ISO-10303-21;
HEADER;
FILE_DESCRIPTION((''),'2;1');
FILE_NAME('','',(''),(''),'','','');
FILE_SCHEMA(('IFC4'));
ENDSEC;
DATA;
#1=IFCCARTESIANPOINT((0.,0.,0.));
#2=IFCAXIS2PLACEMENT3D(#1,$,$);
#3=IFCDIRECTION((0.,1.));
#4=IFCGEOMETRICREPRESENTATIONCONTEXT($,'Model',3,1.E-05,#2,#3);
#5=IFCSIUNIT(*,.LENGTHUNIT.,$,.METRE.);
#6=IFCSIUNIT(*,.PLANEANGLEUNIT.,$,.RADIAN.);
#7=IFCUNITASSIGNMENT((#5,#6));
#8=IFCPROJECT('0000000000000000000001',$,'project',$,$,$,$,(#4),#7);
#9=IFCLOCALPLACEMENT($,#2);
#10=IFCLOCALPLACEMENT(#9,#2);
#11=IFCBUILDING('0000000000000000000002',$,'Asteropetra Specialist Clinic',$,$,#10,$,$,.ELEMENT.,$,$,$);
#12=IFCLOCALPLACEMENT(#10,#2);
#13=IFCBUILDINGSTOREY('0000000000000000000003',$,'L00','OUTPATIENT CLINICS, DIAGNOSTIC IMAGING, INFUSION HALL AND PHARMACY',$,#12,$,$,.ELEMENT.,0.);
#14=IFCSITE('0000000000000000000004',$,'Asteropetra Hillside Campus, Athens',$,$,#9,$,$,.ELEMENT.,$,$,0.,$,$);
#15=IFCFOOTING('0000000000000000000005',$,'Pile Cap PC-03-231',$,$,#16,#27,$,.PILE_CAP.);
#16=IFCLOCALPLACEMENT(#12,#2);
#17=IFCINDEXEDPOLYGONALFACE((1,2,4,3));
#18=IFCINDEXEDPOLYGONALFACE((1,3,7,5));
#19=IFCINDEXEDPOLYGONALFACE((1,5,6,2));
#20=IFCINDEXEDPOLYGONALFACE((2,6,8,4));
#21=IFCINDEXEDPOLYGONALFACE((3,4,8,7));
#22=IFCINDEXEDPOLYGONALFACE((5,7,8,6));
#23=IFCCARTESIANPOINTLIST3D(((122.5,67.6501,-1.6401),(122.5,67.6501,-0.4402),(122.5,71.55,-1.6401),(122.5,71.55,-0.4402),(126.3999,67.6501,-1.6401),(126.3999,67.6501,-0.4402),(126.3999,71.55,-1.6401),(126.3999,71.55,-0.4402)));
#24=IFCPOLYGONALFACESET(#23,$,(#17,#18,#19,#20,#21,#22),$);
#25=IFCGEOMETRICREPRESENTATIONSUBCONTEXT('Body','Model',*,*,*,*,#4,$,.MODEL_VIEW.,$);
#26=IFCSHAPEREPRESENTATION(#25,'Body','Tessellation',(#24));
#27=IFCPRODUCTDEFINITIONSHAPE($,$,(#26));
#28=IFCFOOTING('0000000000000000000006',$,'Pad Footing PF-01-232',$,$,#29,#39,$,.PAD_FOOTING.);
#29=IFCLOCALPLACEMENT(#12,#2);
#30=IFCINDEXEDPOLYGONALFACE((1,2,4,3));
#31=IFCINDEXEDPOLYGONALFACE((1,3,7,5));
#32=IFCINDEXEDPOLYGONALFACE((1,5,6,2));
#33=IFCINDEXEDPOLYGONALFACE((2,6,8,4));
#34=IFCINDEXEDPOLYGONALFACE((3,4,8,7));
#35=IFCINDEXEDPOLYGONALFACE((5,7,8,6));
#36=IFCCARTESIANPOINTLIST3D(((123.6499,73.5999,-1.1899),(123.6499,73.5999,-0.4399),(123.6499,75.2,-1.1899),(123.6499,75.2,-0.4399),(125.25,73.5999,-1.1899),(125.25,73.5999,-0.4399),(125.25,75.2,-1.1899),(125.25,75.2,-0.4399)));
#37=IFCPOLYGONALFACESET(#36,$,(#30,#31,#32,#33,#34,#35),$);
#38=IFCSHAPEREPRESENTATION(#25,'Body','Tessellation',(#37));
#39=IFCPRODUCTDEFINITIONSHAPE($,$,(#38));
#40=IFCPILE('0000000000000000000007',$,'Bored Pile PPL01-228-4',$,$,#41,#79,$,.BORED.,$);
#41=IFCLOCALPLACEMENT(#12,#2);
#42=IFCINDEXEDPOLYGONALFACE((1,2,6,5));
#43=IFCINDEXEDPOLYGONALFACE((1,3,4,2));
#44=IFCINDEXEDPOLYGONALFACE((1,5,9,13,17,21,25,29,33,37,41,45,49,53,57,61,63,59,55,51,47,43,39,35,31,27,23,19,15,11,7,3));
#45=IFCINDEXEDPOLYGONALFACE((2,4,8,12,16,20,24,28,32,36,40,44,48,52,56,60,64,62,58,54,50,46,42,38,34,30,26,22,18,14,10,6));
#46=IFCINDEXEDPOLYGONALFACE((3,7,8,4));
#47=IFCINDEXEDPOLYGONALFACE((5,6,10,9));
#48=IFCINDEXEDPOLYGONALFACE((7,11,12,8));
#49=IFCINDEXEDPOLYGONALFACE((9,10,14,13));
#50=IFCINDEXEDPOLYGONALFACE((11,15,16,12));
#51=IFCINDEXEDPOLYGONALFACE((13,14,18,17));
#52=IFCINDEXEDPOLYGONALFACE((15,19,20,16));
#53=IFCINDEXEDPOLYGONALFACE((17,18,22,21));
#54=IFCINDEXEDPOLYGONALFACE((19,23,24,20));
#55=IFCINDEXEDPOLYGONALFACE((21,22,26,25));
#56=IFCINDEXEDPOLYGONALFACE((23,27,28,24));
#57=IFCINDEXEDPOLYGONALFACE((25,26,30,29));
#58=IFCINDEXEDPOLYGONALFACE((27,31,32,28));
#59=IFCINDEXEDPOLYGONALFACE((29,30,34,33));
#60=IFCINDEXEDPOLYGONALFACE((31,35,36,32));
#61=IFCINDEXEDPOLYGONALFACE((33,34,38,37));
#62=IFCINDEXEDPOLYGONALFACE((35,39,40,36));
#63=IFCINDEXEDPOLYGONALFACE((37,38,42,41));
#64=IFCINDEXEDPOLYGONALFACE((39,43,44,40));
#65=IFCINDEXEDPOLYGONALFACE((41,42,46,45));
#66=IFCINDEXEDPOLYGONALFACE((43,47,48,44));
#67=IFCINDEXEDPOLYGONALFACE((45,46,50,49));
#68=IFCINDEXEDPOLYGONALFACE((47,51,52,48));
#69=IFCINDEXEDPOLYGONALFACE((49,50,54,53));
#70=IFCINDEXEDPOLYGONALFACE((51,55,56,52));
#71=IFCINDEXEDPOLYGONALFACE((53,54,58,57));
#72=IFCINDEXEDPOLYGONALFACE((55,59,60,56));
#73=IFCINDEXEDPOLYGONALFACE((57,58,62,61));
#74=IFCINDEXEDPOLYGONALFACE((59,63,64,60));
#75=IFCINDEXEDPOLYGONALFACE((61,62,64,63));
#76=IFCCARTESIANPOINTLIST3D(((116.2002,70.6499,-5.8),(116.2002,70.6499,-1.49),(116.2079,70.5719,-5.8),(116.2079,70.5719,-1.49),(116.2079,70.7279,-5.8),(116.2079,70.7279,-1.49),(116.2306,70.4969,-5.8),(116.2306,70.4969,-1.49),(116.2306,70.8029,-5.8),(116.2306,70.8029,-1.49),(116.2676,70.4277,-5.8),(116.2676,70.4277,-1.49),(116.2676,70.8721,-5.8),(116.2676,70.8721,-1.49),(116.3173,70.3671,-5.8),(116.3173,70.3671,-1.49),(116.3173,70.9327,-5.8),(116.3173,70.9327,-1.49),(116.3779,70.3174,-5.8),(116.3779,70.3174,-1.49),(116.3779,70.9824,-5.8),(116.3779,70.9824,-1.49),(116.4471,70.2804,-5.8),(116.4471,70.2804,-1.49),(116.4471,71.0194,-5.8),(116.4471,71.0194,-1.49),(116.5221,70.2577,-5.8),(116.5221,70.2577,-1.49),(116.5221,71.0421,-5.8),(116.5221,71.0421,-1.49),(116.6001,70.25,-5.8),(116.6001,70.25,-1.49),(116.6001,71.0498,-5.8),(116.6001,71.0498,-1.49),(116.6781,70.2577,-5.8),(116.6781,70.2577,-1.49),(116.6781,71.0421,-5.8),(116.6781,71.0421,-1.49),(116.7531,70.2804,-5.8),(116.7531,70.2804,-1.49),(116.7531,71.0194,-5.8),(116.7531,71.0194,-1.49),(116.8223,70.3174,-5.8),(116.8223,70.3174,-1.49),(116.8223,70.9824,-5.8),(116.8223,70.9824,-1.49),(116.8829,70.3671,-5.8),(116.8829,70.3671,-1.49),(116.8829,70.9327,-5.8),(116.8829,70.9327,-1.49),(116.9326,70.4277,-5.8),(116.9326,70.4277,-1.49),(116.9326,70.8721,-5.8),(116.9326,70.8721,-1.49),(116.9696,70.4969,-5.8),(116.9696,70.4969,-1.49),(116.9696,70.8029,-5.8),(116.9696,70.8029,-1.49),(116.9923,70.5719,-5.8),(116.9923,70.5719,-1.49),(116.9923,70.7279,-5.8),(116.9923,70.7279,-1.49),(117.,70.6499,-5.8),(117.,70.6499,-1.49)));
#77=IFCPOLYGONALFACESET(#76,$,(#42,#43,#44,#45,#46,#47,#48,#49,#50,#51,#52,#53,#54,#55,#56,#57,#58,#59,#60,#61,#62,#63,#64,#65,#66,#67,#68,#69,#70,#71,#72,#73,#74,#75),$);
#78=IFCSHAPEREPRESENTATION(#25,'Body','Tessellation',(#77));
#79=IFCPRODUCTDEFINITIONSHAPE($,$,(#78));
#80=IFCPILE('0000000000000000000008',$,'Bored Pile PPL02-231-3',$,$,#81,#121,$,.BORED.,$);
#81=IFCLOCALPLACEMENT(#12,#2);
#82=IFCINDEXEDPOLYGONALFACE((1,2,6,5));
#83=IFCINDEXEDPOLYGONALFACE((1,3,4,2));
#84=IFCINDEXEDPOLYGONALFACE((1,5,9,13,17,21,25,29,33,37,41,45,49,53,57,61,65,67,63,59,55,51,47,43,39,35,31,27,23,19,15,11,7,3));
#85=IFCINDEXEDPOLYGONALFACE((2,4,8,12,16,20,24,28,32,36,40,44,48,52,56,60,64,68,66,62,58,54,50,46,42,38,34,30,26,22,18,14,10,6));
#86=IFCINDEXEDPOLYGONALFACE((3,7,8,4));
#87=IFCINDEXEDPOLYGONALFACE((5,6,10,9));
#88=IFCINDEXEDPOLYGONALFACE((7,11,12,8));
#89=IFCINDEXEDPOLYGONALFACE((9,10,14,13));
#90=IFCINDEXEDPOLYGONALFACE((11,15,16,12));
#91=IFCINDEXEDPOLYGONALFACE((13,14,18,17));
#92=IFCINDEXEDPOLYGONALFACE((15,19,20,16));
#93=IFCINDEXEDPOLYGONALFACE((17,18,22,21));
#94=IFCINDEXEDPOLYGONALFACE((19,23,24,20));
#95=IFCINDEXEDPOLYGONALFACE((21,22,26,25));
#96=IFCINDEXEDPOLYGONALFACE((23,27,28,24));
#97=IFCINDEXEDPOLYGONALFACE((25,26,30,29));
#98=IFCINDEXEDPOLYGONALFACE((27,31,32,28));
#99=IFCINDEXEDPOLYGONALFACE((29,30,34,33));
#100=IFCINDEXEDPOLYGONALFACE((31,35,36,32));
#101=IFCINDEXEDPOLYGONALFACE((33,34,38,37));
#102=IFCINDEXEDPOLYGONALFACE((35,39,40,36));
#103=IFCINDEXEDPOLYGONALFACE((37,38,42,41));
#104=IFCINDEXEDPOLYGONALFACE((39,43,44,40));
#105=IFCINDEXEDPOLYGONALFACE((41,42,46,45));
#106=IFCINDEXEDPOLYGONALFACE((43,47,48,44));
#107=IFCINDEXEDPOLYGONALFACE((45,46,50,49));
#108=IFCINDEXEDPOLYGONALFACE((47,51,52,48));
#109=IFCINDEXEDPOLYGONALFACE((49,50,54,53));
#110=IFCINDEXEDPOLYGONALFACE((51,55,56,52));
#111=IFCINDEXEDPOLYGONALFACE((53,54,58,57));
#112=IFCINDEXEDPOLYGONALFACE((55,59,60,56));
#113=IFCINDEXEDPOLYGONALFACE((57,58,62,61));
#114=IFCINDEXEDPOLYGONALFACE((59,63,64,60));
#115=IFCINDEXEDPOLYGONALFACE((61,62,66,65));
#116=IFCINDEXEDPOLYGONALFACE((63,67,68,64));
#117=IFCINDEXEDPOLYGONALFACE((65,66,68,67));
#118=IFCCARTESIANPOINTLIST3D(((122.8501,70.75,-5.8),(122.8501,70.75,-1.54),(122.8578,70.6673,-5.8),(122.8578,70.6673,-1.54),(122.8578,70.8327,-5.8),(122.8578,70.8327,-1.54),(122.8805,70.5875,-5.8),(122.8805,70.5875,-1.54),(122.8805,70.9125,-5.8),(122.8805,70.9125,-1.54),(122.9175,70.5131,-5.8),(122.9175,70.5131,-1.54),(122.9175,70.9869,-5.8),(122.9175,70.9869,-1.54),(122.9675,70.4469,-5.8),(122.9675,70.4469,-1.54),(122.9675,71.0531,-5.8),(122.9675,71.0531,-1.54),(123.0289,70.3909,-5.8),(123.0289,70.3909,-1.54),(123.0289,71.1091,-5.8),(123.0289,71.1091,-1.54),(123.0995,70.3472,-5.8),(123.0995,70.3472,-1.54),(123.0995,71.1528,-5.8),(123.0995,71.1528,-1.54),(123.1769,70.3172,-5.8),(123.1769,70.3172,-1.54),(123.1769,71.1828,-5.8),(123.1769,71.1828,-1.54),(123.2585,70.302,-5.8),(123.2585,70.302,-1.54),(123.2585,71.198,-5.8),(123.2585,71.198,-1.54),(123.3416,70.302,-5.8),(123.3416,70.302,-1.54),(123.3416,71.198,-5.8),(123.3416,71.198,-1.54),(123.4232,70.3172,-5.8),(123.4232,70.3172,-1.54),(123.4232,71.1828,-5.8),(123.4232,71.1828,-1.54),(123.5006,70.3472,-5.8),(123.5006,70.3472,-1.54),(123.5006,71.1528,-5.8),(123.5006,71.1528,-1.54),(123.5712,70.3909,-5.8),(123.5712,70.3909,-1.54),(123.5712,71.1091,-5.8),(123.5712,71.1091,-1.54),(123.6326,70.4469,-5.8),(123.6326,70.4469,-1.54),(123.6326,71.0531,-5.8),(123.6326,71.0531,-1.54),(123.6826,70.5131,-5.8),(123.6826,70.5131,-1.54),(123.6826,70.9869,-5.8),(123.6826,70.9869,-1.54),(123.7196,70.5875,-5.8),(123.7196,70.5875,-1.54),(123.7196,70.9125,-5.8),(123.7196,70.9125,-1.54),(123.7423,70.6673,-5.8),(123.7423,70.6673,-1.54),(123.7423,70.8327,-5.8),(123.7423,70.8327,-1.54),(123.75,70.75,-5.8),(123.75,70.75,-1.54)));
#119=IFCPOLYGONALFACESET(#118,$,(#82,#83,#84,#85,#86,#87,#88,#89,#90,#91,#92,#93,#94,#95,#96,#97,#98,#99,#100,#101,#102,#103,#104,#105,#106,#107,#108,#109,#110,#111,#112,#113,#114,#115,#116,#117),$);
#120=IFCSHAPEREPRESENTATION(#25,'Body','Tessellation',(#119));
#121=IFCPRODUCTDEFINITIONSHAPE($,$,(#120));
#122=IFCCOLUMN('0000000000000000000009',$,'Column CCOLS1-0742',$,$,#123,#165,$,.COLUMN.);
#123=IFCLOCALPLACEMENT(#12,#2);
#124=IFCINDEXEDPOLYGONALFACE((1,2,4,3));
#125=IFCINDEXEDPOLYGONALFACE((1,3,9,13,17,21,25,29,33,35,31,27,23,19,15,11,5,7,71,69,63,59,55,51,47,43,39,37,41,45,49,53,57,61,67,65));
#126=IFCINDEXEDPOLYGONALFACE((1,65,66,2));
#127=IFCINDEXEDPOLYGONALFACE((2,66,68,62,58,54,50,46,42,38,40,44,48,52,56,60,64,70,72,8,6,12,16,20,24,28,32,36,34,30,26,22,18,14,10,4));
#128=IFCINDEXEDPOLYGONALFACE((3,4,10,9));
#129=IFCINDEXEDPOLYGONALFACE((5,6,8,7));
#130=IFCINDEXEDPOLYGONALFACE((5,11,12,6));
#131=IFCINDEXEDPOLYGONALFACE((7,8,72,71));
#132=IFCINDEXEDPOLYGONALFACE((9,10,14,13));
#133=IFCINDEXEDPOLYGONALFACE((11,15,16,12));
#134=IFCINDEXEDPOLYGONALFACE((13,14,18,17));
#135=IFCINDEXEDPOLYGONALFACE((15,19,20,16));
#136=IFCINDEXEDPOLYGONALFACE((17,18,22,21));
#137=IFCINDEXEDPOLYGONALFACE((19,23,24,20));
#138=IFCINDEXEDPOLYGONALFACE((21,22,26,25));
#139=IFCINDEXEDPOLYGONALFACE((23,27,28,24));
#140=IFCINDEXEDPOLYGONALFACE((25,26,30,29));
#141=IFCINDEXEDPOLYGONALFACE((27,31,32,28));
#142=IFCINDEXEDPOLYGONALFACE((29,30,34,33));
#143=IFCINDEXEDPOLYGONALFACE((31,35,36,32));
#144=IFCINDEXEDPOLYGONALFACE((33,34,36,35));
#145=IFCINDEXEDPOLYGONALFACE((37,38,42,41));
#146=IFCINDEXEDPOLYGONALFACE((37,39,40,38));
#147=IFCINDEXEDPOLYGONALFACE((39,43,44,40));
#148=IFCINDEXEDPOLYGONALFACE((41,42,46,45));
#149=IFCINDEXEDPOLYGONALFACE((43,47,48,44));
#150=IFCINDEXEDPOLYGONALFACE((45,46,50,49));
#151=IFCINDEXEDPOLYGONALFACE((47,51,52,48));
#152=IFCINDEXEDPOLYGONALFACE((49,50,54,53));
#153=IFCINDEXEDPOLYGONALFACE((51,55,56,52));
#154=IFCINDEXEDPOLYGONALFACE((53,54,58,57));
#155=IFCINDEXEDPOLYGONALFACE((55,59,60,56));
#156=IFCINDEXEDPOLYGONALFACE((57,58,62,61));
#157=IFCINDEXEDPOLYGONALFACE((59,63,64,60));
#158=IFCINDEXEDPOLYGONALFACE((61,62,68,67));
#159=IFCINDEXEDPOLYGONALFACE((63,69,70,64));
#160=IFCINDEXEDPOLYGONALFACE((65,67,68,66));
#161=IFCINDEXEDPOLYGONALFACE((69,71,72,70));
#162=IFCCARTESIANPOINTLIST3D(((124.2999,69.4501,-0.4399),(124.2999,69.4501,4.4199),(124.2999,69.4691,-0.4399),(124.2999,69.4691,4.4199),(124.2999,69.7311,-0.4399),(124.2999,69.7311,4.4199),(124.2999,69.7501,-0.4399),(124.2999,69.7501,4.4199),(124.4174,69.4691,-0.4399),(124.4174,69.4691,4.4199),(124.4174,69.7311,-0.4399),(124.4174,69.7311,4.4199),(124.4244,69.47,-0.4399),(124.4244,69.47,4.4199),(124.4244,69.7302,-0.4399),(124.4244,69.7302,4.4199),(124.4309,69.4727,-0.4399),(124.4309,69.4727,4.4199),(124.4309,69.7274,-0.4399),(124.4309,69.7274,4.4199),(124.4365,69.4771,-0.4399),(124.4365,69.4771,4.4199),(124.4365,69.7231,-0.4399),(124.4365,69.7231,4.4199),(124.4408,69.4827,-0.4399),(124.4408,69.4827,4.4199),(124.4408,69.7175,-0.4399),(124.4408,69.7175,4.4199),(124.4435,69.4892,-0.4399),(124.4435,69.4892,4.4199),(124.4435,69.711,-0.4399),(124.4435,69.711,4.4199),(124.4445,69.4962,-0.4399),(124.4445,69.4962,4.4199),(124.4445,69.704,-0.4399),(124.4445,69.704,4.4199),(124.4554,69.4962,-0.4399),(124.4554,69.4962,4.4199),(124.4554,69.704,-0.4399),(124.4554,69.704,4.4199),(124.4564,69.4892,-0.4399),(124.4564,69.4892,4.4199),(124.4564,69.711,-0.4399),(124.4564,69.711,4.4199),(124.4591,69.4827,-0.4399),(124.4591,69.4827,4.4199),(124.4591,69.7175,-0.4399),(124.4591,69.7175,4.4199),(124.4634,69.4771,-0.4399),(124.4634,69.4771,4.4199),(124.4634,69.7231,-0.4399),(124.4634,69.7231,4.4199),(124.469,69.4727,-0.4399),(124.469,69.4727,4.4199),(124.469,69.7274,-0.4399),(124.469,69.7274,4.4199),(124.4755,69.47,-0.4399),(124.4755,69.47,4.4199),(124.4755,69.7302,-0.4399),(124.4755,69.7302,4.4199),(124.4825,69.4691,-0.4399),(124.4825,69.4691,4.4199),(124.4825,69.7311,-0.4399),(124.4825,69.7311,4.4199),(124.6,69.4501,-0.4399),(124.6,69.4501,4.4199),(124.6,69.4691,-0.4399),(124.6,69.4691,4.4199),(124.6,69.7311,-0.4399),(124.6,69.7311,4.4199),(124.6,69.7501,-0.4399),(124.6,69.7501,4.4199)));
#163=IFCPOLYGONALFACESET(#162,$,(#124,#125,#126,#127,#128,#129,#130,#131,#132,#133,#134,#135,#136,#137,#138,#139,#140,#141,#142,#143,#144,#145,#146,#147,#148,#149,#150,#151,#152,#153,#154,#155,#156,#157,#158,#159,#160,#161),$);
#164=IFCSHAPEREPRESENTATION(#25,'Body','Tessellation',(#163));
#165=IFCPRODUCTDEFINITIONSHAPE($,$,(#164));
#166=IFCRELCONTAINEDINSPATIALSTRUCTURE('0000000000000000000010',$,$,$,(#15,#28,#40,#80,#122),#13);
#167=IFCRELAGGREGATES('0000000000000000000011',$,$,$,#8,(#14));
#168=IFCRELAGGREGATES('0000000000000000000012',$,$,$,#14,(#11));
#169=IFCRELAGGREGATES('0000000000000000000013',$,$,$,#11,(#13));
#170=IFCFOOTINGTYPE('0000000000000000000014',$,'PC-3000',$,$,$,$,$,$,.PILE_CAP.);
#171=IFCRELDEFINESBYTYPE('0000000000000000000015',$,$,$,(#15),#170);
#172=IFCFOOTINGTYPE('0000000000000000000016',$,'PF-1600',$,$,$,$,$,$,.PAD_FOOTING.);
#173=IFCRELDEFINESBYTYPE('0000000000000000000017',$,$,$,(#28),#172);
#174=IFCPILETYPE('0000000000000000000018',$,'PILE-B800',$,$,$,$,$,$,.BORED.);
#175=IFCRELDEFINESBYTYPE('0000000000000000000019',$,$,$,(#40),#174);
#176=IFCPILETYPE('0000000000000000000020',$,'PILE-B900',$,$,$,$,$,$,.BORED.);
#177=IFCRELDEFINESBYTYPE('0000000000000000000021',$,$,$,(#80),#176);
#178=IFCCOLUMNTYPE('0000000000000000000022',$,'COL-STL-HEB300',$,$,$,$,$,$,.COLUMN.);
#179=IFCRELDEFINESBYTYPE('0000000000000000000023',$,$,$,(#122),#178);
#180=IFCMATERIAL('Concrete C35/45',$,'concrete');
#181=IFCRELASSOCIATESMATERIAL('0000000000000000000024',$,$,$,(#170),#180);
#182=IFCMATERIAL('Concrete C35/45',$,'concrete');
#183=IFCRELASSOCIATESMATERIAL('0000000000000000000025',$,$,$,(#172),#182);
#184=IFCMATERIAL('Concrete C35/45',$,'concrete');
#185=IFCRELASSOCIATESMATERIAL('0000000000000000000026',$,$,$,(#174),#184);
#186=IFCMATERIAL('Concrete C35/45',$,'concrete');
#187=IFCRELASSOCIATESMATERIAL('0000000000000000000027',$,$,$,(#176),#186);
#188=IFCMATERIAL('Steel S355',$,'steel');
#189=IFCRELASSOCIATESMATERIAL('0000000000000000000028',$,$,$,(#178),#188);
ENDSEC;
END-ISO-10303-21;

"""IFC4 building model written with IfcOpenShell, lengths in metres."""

from ifc_helpers import new_model, si_unit, direction, frame, origin, origin_2d, place, context, subcontext, project, spatial, rectangle, circle, i_section, extrude, material, material_profile, profile_set, type_object, element, save


model = new_model("IFC4")

# Units and contexts
model_context = context("Model", 3, precision=1e-05, world=origin(), true_north=direction((0.0, 1.0)))
body_context = subcontext(model_context, "Body", "Model", "MODEL_VIEW")
ifc_project = project(units=[si_unit("LENGTHUNIT", "METRE"), si_unit("PLANEANGLEUNIT", "RADIAN")], contexts=[model_context])

# Site, building, storey
site_placement = place(None, origin())
site = spatial("IfcSite", under=ifc_project, at=site_placement, Name="Asteropetra Hillside Campus, Athens", CompositionType="ELEMENT", RefElevation=0.0)
building_placement = place(site_placement, origin())
building = spatial("IfcBuilding", under=site, at=building_placement, Name="Asteropetra Specialist Clinic", CompositionType="ELEMENT")
storey_placement = place(building_placement, origin())
storey = spatial("IfcBuildingStorey", under=building, at=storey_placement, Name="L00", Description="OUTPATIENT CLINICS, DIAGNOSTIC IMAGING, INFUSION HALL AND PHARMACY", CompositionType="ELEMENT", Elevation=0.0)

# Footings
ifc_material_1 = material(Name="Concrete C35/45", Category="concrete")
footing_type_1 = type_object("IfcFootingType", Name="PC-3000", PredefinedType="PILE_CAP", material=ifc_material_1)
footing_1_placement = place(storey_placement, frame((124.45, 69.6001, -1.6401), z_axis=(0.0, 0.0, 1.0), x_axis=(1.0, 0.0, 0.0)))
element("IfcFooting", 1, at=footing_1_placement, inside=storey, type_object=footing_type_1, Name="Pile Cap PC-03-231", PredefinedType="PILE_CAP", context=body_context, shape_type="SweptSolid", body=[
    extrude(rectangle(XDim=3.8999, YDim=3.8999, at=origin_2d()), origin(), (0.0, 0.0, 1.0), 1.2),
])
ifc_material_2 = material(Name="Concrete C35/45", Category="concrete")
footing_type_2 = type_object("IfcFootingType", Name="PF-1600", PredefinedType="PAD_FOOTING", material=ifc_material_2)
footing_2_placement = place(storey_placement, frame((124.45, 74.3999, -1.1899), z_axis=(0.0, 0.0, 1.0), x_axis=(1.0, 0.0, 0.0)))
element("IfcFooting", 2, at=footing_2_placement, inside=storey, type_object=footing_type_2, Name="Pad Footing PF-01-232", PredefinedType="PAD_FOOTING", context=body_context, shape_type="SweptSolid", body=[
    extrude(rectangle(XDim=1.6001, YDim=1.6001, at=origin_2d()), origin(), (0.0, 0.0, 1.0), 0.75),
])

# Piles
ifc_material_3 = material(Name="Concrete C35/45", Category="concrete")
ifc_material_profile_1 = material_profile(ifc_material_3, circle(Radius=0.3999, at=origin_2d()), Name="PILE D800")
ifc_profile_set_1 = profile_set([ifc_material_profile_1], Name="Concrete C35/45")
pile_type_1 = type_object("IfcPileType", Name="PILE-B800", PredefinedType="BORED", material=ifc_profile_set_1)
pile_1_placement = place(storey_placement, frame((116.6001, 70.6499, -1.49), z_axis=(0.0, 0.0, -1.0), x_axis=(1.0, 0.0, 0.0)))
element("IfcPile", 3, at=pile_1_placement, inside=storey, type_object=pile_type_1, Name="Bored Pile PPL01-228-4", PredefinedType="BORED", context=body_context, shape_type="SweptSolid", body=[
    extrude(circle(Radius=0.3999, at=origin_2d()), origin(), (0.0, 0.0, 1.0), 4.3101),
])
ifc_material_4 = material(Name="Concrete C35/45", Category="concrete")
ifc_material_profile_2 = material_profile(ifc_material_4, circle(Radius=0.45, at=origin_2d()), Name="PILE D900")
ifc_profile_set_2 = profile_set([ifc_material_profile_2], Name="Concrete C35/45")
pile_type_2 = type_object("IfcPileType", Name="PILE-B900", PredefinedType="BORED", material=ifc_profile_set_2)
pile_2_placement = place(storey_placement, frame((123.3, 70.75, -1.54), z_axis=(0.0, 0.0, -1.0), x_axis=(1.0, 0.0, 0.0)))
element("IfcPile", 4, at=pile_2_placement, inside=storey, type_object=pile_type_2, Name="Bored Pile PPL02-231-3", PredefinedType="BORED", context=body_context, shape_type="SweptSolid", body=[
    extrude(circle(Radius=0.45, at=origin_2d()), origin(), (0.0, 0.0, 1.0), 4.26),
])

# Column
ifc_material_5 = material(Name="Steel S355", Category="steel")
ifc_material_profile_3 = material_profile(ifc_material_5, i_section(OverallWidth=0.3, OverallDepth=0.3, WebThickness=0.011, FlangeThickness=0.019, FilletRadius=0.0271, at=origin_2d()), Name="HEB 300")
ifc_profile_set_3 = profile_set([ifc_material_profile_3], Name="Steel S355")
column_type = type_object("IfcColumnType", Name="COL-STL-HEB300", PredefinedType="COLUMN", material=ifc_profile_set_3)
for number, where, z_axis, x_axis, name in (
    (5, (124.45, 69.6001, -0.4399), (0.0, 0.0, 1.0), (1.0, 0.0, 0.0), "Column CCOLS1-0742"),
):
    element("IfcColumn", number, at=place(storey_placement, frame(where, z_axis=z_axis, x_axis=x_axis)), inside=storey, type_object=column_type, Name=name, PredefinedType="COLUMN", context=body_context, shape_type="SweptSolid", body=[
        extrude(i_section(OverallWidth=0.3, OverallDepth=0.3, WebThickness=0.011, FlangeThickness=0.019, FilletRadius=0.0271, at=origin_2d()), origin(), (0.0, 0.0, 1.0), 4.8599),
    ])

save(model, "model.ifc")
